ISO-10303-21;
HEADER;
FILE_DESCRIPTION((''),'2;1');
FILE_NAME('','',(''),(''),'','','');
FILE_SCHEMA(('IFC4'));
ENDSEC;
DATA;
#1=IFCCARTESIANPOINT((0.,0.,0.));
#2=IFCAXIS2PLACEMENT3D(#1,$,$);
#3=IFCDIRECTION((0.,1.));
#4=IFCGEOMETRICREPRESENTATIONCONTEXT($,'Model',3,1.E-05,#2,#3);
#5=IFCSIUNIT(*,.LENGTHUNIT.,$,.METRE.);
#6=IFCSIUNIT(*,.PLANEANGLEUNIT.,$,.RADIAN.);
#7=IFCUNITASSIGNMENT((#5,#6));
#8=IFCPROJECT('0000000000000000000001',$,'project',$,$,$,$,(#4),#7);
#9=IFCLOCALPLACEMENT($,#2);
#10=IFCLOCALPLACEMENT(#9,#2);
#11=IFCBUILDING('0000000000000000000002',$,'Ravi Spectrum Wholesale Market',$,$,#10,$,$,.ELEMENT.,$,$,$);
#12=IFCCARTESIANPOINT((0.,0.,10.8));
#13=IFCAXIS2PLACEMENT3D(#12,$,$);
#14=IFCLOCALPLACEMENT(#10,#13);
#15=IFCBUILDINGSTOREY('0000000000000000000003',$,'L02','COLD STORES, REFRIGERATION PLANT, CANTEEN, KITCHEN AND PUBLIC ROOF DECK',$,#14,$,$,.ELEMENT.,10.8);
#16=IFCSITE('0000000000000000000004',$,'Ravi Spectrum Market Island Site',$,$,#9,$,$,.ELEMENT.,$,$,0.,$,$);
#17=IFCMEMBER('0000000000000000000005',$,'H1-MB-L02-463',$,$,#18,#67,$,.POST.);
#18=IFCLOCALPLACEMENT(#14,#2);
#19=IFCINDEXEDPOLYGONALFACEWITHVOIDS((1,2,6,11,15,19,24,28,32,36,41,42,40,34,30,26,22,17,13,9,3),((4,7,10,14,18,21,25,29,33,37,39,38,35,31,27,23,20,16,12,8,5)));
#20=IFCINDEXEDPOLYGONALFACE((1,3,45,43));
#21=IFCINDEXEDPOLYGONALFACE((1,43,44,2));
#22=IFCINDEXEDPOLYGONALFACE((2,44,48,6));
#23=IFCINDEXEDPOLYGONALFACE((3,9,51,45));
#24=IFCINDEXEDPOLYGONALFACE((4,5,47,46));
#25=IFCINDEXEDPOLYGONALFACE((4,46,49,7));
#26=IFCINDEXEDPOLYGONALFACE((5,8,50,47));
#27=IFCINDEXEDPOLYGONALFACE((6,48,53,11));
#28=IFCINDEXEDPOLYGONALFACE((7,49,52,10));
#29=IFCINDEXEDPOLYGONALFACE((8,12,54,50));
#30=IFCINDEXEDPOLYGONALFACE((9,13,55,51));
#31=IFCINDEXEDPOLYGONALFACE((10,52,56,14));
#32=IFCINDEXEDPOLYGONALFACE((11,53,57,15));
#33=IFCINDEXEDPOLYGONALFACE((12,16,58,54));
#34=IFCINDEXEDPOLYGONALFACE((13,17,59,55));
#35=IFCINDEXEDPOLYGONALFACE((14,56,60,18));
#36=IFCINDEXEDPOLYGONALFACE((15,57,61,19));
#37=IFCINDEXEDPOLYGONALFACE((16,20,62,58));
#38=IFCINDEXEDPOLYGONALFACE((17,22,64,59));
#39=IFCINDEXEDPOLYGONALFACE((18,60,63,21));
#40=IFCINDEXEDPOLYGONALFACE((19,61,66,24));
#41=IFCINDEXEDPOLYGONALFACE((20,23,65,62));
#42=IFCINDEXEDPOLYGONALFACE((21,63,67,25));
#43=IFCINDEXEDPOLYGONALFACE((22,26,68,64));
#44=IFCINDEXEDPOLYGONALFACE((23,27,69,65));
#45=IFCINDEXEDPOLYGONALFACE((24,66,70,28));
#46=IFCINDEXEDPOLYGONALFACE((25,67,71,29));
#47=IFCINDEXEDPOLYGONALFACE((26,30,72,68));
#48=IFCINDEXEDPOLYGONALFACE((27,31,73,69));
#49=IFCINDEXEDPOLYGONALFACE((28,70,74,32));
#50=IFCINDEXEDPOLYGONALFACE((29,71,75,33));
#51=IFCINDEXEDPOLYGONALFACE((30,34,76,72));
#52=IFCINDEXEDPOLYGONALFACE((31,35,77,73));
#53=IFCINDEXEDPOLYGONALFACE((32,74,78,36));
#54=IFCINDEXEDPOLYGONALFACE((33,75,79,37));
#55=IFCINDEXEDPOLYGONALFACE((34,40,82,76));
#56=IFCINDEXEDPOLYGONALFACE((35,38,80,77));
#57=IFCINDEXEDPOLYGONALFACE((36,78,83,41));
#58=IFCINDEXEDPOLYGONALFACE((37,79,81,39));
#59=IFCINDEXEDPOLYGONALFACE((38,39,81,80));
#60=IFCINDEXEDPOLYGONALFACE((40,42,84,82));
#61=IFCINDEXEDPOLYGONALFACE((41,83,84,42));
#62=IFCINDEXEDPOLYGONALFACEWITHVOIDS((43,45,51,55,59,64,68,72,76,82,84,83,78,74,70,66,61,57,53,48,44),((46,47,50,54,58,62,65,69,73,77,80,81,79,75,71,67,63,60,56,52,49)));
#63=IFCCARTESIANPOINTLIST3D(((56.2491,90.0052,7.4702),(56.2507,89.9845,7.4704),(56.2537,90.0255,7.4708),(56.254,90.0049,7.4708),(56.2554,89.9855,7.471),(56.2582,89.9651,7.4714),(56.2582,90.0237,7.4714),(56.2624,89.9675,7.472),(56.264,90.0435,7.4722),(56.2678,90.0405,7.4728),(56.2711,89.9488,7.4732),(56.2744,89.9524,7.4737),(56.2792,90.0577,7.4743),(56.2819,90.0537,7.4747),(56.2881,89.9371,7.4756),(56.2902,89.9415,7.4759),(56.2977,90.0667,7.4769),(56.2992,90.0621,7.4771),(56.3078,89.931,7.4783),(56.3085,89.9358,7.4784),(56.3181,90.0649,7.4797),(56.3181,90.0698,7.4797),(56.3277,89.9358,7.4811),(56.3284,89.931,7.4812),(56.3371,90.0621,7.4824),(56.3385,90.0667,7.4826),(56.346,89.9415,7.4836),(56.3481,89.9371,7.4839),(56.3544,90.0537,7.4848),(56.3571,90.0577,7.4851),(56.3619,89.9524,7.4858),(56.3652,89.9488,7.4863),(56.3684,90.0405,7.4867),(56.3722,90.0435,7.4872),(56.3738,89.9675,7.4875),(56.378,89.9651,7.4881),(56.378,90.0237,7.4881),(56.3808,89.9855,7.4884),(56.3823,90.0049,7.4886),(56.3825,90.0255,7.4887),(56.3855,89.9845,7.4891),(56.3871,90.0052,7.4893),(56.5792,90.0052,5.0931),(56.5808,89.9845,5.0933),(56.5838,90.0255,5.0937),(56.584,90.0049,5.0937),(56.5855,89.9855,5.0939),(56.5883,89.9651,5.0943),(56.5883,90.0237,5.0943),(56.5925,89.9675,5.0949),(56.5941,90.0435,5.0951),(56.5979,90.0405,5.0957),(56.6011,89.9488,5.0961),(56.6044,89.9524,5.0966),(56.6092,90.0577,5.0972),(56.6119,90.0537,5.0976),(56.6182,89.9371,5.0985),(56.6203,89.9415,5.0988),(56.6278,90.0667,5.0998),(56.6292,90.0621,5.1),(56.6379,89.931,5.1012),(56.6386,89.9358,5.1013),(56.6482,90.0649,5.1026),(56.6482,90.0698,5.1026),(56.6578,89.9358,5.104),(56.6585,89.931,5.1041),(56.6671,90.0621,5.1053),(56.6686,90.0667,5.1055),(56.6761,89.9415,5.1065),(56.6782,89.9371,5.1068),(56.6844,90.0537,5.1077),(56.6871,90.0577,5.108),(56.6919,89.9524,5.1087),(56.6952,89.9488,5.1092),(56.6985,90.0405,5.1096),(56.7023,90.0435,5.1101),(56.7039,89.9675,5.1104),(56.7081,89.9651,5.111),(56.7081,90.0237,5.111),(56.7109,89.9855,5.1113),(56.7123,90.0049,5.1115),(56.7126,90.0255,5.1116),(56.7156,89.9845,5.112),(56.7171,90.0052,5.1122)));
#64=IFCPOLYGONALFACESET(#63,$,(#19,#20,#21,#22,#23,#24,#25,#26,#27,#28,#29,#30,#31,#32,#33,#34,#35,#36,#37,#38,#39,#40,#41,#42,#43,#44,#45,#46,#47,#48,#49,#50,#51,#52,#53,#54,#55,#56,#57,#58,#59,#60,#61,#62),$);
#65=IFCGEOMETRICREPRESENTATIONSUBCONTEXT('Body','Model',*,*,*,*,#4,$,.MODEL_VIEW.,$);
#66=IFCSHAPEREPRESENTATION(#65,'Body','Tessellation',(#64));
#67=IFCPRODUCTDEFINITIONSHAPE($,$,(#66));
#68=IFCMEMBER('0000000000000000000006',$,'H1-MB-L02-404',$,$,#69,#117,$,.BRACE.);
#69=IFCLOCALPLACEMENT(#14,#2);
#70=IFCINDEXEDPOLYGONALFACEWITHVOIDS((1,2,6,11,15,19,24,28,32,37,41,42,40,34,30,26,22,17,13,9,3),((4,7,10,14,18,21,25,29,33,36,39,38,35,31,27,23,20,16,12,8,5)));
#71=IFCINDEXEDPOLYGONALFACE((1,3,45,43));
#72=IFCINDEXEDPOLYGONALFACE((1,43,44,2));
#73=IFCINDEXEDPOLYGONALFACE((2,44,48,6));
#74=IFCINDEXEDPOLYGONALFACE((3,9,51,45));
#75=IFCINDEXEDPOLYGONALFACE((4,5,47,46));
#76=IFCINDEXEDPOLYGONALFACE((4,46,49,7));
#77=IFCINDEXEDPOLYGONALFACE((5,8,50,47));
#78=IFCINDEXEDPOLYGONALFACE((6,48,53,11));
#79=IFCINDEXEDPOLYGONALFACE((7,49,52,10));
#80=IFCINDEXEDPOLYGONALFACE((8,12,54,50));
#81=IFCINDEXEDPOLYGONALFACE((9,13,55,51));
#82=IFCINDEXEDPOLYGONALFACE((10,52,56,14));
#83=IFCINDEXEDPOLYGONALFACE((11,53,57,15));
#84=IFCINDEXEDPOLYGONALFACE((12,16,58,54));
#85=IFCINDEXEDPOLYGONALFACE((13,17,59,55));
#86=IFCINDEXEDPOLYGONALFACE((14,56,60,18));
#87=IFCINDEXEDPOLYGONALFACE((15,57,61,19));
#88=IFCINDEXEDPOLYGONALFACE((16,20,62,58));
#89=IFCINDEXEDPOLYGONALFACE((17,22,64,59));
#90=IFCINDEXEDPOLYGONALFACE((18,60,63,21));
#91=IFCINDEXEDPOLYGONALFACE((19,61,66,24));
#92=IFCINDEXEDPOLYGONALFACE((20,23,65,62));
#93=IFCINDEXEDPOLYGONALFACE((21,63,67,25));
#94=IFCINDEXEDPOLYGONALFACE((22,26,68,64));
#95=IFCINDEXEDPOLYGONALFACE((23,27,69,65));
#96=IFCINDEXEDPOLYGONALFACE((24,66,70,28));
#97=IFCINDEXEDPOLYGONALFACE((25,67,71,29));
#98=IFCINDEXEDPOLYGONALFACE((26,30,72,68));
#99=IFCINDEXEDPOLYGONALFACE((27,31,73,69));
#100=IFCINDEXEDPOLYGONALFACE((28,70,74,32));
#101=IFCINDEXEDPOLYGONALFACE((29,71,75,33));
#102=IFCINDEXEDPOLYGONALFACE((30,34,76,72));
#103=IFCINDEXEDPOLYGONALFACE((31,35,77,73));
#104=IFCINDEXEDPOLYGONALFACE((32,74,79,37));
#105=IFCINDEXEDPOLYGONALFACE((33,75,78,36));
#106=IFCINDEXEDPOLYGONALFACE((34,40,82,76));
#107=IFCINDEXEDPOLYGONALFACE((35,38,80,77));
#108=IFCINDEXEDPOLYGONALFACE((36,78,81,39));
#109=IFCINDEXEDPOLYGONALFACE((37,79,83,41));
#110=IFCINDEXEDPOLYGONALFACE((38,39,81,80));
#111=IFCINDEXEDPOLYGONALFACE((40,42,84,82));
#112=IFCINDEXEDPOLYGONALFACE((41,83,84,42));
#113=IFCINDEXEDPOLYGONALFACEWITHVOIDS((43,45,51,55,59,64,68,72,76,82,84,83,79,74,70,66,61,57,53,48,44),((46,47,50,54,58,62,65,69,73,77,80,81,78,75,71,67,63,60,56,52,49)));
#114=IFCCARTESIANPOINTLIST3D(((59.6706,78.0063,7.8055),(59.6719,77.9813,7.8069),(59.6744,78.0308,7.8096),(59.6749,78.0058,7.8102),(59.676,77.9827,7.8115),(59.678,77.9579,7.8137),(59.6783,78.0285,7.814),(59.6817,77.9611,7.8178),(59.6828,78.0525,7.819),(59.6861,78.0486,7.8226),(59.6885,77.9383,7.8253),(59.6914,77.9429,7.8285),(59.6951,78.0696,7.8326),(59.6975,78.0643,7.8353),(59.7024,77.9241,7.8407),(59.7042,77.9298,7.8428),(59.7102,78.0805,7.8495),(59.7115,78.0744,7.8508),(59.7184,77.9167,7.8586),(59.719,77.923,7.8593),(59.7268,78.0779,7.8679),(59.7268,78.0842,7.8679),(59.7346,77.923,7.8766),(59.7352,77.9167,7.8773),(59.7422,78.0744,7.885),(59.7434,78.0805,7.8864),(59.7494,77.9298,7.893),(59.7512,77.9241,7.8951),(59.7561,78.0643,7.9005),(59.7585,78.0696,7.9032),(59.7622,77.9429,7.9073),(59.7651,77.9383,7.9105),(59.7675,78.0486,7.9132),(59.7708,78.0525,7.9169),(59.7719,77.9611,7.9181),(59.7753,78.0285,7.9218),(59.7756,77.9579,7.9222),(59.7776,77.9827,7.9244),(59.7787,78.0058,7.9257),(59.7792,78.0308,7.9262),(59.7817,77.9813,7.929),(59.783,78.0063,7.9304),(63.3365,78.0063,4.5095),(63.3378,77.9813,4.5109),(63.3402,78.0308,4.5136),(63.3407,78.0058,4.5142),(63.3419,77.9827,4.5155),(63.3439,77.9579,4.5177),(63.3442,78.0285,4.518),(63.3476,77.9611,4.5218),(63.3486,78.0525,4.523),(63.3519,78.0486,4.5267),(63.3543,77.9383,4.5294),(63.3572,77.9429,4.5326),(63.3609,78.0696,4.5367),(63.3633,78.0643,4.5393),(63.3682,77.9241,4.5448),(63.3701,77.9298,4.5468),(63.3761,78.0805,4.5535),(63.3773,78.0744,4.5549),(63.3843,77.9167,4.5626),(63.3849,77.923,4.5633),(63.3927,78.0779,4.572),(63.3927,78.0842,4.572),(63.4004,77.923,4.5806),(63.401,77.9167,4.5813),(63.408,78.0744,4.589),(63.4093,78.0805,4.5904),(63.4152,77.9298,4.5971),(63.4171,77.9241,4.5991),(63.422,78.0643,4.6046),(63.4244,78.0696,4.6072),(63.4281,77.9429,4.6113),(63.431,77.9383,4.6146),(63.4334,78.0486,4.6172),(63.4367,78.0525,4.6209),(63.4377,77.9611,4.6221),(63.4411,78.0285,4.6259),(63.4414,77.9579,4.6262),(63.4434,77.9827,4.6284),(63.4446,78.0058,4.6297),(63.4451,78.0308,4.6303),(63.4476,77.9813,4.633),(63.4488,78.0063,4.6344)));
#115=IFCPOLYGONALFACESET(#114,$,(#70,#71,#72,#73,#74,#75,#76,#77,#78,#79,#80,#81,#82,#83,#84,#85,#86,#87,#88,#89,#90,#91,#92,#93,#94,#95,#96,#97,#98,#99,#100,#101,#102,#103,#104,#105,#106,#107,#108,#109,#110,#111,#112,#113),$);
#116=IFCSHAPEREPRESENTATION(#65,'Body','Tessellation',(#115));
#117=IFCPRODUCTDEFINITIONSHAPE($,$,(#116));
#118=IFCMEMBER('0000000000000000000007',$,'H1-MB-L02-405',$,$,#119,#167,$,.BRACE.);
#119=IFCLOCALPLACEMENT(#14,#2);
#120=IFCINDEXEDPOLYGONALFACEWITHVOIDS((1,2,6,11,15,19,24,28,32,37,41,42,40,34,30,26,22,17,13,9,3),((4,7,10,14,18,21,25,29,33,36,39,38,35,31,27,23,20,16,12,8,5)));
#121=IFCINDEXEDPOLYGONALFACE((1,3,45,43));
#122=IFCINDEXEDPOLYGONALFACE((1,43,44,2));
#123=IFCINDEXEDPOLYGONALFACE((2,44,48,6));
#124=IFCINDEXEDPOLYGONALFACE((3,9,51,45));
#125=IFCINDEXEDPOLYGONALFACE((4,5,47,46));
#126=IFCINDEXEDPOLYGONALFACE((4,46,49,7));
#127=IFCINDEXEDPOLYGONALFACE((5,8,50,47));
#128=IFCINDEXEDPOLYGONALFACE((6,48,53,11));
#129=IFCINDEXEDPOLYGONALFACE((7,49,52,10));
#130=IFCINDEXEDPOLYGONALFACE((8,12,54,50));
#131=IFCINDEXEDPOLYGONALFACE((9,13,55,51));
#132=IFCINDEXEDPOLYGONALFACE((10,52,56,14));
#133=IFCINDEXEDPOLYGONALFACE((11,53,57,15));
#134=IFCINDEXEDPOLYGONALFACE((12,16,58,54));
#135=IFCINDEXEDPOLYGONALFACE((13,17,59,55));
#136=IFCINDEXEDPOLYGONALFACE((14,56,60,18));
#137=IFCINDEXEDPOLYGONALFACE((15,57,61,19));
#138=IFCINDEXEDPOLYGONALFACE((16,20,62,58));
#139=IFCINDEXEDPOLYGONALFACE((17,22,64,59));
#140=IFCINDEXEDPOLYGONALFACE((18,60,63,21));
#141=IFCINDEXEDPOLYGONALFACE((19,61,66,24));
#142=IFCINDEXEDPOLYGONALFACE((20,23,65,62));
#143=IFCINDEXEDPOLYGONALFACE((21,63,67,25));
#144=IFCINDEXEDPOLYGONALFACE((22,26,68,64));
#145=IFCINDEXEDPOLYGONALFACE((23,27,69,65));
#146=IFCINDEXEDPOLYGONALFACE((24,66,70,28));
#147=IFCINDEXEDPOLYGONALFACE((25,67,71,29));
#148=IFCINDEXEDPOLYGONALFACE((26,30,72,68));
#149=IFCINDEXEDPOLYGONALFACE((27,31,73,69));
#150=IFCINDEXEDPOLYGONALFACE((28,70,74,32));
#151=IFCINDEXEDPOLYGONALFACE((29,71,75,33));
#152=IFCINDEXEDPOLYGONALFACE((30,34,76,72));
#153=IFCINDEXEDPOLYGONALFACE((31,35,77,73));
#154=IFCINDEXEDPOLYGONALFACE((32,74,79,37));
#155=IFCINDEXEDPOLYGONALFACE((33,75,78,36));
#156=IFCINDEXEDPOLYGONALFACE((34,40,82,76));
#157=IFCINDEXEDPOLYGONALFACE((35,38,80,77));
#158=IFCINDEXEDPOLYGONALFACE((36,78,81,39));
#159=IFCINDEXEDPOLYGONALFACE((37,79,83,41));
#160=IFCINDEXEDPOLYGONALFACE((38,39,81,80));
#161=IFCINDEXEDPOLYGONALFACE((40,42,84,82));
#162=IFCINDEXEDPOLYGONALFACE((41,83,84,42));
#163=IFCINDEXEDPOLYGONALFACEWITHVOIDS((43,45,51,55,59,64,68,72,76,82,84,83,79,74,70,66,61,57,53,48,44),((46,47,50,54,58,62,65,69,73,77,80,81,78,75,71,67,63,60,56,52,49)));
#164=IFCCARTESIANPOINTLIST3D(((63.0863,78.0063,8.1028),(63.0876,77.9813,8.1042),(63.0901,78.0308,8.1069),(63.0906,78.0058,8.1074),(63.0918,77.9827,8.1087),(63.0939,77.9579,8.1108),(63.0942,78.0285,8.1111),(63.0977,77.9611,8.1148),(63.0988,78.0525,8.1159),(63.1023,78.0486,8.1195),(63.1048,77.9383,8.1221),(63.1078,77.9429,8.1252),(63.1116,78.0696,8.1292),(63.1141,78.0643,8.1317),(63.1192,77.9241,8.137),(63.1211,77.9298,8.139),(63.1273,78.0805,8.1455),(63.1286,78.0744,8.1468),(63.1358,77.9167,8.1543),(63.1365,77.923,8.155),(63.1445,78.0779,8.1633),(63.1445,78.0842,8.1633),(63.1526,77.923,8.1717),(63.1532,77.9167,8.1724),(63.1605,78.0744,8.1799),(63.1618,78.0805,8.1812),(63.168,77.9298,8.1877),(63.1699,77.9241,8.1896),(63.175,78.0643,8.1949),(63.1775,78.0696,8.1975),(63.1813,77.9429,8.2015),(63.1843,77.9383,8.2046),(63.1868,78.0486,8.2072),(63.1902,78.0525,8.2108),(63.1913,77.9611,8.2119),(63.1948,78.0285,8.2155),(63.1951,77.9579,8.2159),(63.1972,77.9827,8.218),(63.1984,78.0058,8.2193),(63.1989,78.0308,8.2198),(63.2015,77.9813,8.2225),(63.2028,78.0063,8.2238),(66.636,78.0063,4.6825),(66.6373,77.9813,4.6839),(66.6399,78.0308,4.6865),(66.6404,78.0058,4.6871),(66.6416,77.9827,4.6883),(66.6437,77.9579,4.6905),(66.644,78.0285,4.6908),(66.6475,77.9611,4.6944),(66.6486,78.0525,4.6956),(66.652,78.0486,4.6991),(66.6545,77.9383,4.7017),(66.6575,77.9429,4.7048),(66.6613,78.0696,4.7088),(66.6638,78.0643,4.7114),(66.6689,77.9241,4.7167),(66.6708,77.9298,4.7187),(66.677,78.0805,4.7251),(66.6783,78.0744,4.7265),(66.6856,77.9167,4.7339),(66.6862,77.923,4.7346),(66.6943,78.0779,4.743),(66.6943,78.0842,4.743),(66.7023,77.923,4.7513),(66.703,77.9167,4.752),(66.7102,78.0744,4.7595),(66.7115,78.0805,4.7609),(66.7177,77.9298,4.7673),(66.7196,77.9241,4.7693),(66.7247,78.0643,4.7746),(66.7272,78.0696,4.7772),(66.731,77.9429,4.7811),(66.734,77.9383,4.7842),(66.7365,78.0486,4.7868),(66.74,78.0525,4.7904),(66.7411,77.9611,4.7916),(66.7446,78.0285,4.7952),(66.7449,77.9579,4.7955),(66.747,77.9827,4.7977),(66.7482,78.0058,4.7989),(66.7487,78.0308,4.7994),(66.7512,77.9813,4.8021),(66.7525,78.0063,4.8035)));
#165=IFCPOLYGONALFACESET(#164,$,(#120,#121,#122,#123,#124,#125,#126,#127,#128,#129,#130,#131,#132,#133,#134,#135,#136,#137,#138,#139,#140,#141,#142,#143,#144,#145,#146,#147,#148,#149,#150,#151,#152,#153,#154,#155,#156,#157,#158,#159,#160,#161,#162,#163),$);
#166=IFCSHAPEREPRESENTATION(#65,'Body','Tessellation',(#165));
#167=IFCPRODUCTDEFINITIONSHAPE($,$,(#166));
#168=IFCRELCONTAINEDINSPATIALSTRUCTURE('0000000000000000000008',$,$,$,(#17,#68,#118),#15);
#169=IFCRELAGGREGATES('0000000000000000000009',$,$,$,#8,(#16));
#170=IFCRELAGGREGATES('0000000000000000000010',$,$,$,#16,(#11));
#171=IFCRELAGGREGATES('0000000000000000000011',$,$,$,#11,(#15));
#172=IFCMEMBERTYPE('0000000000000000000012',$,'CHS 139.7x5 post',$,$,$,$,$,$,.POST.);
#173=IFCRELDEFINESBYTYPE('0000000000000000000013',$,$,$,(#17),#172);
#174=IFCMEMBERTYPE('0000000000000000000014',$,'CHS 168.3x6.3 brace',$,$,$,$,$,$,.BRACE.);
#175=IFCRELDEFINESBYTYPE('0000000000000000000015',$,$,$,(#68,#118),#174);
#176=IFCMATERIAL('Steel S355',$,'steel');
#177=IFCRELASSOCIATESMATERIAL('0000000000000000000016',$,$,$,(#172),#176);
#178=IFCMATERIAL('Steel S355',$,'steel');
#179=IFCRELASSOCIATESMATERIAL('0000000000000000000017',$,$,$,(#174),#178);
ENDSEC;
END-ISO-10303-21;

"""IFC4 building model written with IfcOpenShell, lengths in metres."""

from ifc_helpers import new_model, si_unit, direction, frame, origin, origin_2d, place, context, subcontext, project, spatial, hollow_circle, extrude, material, material_profile, profile_set, type_object, element, save


model = new_model("IFC4")

# Units and contexts
model_context = context("Model", 3, precision=1e-05, world=origin(), true_north=direction((0.0, 1.0)))
body_context = subcontext(model_context, "Body", "Model", "MODEL_VIEW")
ifc_project = project(units=[si_unit("LENGTHUNIT", "METRE"), si_unit("PLANEANGLEUNIT", "RADIAN")], contexts=[model_context])

# Site, building, storey
site_placement = place(None, origin())
site = spatial("IfcSite", under=ifc_project, at=site_placement, Name="Ravi Spectrum Market Island Site", CompositionType="ELEMENT", RefElevation=0.0)
building_placement = place(site_placement, origin())
building = spatial("IfcBuilding", under=site, at=building_placement, Name="Ravi Spectrum Wholesale Market", CompositionType="ELEMENT")
storey_placement = place(building_placement, frame((0.0, 0.0, 10.8)))
storey = spatial("IfcBuildingStorey", under=building, at=storey_placement, Name="L02", Description="COLD STORES, REFRIGERATION PLANT, CANTEEN, KITCHEN AND PUBLIC ROOF DECK", CompositionType="ELEMENT", Elevation=10.8)

# Members
ifc_material_1 = material(Name="Steel S355", Category="steel")
ifc_material_profile_1 = material_profile(ifc_material_1, hollow_circle(Radius=0.0698, WallThickness=0.0049, at=origin_2d()))
ifc_profile_set_1 = profile_set([ifc_material_profile_1], Name="Steel S355")
member_type_1 = type_object("IfcMemberType", Name="CHS 139.7x5 post", PredefinedType="POST", material=ifc_profile_set_1)
member_1_placement = place(storey_placement, frame((56.3181, 90.0, 7.4797), z_axis=(0.137532, 0.0, -0.990497), x_axis=(0.0, 1.0, 0.0)))
element("IfcMember", 1, at=member_1_placement, inside=storey, type_object=member_type_1, Name="H1-MB-L02-463", PredefinedType="POST", context=body_context, shape_type="SweptSolid", body=[
    extrude(hollow_circle(Radius=0.0698, WallThickness=0.0049, at=origin_2d()), origin(), (0.0, 0.0, 1.0), 2.3999),
])
ifc_material_2 = material(Name="Steel S355", Category="steel")
ifc_material_profile_2 = material_profile(ifc_material_2, hollow_circle(Radius=0.0842, WallThickness=0.0063, at=origin_2d()))
ifc_profile_set_2 = profile_set([ifc_material_profile_2], Name="Steel S355")
member_type_2 = type_object("IfcMemberType", Name="CHS 168.3x6.3 brace", PredefinedType="BRACE", material=ifc_profile_set_2)
member_2_placement = place(storey_placement, frame((59.7268, 78.0, 7.8679), z_axis=(0.743627, 0.0, -0.668595), x_axis=(0.0, 1.0, 0.0)))
element("IfcMember", 2, at=member_2_placement, inside=storey, type_object=member_type_2, Name="H1-MB-L02-404", PredefinedType="BRACE", context=body_context, shape_type="SweptSolid", body=[
    extrude(hollow_circle(Radius=0.0842, WallThickness=0.0063, at=origin_2d()), origin(), (0.0, 0.0, 1.0), 4.9297),
])
member_3_placement = place(storey_placement, frame((63.1445, 78.0, 8.1633), z_axis=(0.720109, 0.0, -0.693861), x_axis=(0.0, 1.0, 0.0)))
element("IfcMember", 3, at=member_3_placement, inside=storey, type_object=member_type_2, Name="H1-MB-L02-405", PredefinedType="BRACE", context=body_context, shape_type="SweptSolid", body=[
    extrude(hollow_circle(Radius=0.0842, WallThickness=0.0063, at=origin_2d()), origin(), (0.0, 0.0, 1.0), 4.9294),
])

save(model, "model.ifc")
